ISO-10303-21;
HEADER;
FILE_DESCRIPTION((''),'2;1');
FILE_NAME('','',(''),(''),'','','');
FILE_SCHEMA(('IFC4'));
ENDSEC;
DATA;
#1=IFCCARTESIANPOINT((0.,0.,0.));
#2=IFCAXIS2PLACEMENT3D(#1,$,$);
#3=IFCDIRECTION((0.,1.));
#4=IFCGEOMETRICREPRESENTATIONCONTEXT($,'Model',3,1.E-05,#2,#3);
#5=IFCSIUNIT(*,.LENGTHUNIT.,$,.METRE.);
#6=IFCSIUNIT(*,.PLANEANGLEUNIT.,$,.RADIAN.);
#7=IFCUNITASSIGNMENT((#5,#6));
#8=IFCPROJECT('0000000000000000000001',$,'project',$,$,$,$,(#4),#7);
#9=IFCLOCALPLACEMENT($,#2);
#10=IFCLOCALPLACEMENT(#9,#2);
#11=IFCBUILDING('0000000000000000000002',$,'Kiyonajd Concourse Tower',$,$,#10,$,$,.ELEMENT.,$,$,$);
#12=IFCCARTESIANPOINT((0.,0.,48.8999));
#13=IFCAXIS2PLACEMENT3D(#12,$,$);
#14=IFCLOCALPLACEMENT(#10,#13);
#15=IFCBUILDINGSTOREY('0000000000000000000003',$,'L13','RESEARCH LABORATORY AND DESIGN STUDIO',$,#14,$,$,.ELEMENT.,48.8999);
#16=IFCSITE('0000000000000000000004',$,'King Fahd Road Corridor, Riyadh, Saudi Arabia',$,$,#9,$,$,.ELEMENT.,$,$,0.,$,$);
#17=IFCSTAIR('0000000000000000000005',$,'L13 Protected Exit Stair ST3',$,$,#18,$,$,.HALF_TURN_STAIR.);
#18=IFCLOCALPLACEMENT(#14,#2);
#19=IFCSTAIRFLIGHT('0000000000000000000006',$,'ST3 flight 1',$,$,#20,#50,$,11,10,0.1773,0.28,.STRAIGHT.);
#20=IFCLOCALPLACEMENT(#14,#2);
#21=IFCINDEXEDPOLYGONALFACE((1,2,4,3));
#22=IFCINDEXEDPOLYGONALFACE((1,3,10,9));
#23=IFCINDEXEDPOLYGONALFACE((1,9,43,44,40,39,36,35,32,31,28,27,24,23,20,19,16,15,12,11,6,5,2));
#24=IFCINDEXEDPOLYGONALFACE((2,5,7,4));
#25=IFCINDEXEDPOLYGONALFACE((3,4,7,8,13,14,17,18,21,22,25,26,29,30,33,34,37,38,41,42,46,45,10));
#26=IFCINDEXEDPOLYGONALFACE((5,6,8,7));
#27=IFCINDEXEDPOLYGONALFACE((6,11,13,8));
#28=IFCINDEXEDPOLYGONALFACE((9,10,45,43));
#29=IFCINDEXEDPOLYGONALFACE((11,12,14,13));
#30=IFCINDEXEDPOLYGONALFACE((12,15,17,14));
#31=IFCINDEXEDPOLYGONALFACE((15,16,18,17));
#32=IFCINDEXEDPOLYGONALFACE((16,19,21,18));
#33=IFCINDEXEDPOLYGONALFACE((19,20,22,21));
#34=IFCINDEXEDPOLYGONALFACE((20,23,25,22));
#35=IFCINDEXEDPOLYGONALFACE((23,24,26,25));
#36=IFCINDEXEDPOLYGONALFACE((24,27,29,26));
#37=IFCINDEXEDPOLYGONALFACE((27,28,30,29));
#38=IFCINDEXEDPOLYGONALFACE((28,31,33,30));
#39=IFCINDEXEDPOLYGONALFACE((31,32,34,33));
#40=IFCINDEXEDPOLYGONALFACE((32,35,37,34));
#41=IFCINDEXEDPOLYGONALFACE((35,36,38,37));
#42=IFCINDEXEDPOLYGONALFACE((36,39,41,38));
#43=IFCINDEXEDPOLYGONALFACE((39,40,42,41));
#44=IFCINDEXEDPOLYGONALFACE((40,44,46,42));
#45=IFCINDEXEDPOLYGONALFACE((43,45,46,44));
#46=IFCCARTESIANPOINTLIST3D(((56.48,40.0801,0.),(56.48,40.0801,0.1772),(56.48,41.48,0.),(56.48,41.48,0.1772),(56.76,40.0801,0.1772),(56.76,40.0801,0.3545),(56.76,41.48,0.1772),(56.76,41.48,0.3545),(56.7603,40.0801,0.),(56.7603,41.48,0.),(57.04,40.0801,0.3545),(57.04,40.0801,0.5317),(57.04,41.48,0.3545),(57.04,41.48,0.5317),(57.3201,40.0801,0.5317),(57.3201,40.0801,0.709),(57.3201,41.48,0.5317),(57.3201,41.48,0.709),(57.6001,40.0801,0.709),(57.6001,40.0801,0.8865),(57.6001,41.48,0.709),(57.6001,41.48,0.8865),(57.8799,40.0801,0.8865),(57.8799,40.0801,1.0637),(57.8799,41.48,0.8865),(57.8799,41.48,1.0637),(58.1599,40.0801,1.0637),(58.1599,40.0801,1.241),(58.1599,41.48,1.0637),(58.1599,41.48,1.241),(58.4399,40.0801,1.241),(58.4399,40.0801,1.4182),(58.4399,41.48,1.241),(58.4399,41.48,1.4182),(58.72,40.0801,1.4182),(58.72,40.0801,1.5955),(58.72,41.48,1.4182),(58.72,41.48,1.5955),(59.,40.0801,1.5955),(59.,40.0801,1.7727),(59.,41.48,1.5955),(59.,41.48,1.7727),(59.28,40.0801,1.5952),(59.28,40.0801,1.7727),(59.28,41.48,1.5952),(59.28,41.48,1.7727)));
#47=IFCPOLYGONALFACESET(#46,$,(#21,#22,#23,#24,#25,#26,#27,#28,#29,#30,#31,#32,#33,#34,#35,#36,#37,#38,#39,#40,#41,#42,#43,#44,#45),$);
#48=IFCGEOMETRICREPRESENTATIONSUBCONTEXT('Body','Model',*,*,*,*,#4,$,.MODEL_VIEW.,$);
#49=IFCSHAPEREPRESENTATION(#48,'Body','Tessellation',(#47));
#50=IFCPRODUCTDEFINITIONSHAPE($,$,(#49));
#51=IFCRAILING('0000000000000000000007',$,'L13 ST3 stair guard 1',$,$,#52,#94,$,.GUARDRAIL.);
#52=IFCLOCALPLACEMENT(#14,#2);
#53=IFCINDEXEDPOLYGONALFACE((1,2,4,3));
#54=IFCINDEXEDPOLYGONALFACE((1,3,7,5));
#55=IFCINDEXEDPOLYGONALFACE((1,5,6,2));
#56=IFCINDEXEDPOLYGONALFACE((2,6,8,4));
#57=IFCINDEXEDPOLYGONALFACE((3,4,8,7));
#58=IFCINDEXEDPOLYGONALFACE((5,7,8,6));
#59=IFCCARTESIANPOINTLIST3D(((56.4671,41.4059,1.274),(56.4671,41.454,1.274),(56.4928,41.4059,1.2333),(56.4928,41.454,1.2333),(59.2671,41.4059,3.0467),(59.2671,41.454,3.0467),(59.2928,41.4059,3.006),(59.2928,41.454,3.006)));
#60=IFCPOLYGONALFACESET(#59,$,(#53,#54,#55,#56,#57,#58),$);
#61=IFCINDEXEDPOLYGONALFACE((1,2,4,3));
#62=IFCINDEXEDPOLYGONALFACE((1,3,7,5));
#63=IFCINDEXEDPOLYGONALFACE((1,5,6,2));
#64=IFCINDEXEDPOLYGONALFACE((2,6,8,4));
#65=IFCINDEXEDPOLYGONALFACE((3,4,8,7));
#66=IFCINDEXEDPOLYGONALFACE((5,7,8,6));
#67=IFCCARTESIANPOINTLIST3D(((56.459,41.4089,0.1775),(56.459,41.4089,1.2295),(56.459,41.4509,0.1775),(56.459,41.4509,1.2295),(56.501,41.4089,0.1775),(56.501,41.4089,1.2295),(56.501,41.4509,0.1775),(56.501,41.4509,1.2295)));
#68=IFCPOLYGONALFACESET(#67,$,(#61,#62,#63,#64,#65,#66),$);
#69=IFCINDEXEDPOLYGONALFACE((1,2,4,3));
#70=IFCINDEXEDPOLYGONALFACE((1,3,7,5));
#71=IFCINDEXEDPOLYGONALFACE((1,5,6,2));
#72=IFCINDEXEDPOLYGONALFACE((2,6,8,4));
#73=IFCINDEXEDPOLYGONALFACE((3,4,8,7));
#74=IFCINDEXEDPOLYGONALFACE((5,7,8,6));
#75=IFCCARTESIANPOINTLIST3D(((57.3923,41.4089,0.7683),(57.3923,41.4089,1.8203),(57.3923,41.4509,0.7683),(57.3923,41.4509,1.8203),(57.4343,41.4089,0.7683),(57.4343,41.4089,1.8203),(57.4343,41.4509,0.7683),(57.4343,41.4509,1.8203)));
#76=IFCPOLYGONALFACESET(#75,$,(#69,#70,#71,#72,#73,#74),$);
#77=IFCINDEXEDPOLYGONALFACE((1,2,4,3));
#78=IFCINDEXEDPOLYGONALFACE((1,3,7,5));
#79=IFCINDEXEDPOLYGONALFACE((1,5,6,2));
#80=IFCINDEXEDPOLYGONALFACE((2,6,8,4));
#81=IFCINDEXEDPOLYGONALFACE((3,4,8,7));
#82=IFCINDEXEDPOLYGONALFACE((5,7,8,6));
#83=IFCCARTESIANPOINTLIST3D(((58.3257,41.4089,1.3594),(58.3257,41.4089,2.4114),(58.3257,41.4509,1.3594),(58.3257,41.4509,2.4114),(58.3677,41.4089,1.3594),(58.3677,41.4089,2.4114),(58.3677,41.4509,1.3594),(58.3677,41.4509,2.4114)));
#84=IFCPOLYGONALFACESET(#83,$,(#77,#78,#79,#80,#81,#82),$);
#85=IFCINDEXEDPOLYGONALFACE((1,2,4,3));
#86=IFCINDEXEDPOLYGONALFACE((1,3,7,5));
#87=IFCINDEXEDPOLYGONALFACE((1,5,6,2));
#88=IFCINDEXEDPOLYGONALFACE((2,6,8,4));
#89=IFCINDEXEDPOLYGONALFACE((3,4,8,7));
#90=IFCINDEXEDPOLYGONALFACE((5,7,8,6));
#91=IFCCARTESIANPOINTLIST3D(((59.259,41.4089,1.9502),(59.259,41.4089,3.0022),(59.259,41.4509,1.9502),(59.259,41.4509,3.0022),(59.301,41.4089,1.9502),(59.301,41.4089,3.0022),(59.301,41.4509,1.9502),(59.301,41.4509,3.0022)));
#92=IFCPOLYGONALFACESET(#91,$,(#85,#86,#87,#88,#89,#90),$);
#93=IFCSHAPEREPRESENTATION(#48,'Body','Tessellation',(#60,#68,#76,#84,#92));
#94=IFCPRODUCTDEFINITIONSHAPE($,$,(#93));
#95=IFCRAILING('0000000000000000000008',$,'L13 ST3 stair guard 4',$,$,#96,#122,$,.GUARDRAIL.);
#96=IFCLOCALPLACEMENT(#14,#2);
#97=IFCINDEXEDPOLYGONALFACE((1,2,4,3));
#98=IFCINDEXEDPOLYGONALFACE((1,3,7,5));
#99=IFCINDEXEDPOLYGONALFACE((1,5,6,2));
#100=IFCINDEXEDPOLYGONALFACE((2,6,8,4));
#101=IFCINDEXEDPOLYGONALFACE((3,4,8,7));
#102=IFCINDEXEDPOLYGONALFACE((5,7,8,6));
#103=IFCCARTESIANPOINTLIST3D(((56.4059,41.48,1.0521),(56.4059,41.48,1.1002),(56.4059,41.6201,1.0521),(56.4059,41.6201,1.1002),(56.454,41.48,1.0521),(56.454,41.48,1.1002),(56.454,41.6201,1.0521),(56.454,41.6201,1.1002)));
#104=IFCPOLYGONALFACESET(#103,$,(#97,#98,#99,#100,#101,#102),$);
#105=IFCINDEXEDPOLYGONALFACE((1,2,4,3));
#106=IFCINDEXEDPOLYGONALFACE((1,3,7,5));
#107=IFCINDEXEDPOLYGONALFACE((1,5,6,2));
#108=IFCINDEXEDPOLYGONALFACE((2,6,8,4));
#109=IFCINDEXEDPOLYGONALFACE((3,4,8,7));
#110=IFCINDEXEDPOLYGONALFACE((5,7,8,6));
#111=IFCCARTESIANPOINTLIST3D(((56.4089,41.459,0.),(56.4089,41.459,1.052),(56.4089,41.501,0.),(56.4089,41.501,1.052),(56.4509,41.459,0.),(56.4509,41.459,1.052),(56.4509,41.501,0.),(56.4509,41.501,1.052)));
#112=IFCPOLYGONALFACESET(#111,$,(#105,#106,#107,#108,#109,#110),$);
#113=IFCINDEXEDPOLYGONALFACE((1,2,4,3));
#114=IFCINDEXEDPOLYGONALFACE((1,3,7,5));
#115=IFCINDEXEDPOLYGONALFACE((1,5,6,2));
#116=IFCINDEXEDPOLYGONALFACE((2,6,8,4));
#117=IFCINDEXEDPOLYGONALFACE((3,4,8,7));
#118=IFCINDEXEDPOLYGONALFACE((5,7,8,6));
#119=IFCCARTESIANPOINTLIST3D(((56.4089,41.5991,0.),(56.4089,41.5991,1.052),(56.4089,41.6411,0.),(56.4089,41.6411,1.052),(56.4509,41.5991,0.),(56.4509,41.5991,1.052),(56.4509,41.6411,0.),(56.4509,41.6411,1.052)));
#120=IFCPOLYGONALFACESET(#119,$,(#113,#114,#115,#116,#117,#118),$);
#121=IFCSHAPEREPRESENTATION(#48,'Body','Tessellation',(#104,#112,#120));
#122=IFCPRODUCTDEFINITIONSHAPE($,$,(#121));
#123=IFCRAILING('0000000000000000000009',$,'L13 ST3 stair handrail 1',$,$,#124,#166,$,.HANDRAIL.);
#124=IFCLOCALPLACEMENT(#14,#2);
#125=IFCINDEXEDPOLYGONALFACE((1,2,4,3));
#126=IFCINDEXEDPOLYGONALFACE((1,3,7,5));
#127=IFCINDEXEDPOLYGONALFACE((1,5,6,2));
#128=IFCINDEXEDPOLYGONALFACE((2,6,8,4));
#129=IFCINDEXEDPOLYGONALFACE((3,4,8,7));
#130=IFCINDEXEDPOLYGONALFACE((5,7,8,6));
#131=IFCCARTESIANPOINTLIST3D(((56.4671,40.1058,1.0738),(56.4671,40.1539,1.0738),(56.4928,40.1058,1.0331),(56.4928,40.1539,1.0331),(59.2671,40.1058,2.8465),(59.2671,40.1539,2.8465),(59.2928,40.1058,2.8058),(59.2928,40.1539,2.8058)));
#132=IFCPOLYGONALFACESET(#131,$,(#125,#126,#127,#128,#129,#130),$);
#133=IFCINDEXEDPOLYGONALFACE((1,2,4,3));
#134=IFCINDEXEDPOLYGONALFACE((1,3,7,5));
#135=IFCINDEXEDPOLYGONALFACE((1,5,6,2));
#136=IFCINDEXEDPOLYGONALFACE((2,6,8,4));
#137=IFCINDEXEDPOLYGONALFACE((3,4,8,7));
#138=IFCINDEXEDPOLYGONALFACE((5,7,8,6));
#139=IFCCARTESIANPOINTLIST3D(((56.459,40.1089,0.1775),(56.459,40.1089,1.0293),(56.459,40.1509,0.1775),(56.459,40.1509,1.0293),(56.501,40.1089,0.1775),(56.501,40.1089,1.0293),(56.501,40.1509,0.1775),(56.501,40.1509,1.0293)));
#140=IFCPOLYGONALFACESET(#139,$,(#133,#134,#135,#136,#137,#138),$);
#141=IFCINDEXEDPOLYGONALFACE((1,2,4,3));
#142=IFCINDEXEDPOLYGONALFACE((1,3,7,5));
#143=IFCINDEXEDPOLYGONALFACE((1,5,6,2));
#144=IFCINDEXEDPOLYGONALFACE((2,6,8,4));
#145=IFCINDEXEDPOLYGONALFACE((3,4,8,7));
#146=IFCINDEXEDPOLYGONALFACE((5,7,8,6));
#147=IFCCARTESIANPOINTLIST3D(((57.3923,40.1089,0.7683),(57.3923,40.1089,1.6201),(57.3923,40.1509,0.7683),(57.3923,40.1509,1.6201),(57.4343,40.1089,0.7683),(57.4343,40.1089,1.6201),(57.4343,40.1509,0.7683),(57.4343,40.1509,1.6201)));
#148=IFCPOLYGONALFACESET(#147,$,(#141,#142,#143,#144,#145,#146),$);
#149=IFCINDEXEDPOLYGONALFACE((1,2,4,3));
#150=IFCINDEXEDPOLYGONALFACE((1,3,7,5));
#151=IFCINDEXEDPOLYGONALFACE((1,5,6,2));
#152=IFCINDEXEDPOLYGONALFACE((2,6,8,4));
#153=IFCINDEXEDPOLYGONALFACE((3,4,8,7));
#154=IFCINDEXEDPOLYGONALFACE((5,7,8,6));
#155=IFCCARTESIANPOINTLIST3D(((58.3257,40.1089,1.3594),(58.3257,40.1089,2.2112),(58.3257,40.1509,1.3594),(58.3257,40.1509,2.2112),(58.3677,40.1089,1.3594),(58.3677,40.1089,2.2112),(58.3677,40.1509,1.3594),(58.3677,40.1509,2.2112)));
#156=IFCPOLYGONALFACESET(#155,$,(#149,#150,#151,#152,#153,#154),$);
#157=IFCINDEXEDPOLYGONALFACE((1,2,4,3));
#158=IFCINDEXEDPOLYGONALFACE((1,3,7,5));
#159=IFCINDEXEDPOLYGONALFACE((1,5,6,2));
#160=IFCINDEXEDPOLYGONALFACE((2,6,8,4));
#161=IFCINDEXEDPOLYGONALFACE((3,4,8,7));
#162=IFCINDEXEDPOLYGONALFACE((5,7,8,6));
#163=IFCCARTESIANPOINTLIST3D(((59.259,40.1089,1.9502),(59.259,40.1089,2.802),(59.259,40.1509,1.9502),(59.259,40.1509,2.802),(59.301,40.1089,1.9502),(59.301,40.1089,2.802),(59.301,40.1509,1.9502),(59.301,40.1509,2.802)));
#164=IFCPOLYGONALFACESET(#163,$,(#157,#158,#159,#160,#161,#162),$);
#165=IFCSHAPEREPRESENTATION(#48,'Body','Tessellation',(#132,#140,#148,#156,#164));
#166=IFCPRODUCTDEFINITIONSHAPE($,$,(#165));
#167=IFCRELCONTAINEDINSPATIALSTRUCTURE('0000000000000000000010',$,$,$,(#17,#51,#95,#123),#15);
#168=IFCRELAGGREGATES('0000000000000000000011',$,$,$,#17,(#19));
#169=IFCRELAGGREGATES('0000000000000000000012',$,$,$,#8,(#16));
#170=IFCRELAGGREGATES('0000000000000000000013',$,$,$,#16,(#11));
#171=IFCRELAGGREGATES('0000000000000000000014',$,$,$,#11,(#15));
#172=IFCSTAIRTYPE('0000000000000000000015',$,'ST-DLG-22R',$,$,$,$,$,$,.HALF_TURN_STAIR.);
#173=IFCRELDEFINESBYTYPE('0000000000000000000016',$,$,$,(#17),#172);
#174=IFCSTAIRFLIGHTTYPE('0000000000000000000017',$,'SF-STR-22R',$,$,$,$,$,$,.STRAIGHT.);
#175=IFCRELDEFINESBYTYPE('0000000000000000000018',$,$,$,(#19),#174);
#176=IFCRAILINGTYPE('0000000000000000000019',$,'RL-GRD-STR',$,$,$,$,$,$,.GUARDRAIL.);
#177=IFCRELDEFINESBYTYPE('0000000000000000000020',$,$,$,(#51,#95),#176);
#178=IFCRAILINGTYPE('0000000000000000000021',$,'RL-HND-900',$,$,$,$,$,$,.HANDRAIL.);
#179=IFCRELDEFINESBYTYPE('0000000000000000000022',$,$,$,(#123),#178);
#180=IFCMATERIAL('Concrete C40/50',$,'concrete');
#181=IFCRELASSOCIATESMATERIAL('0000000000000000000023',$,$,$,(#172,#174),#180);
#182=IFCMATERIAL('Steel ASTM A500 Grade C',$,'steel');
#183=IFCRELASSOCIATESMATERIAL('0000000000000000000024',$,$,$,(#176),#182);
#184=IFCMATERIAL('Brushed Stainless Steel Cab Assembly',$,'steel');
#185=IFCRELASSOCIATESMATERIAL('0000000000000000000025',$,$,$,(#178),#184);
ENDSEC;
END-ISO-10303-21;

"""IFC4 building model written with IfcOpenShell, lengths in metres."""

from ifc_helpers import new_model, si_unit, direction, frame, origin, origin_2d, place, context, subcontext, project, spatial, polyline, rectangle, outline, extrude, material, type_object, element, aggregate, save


model = new_model("IFC4")

# Units and contexts
model_context = context("Model", 3, precision=1e-05, world=origin(), true_north=direction((0.0, 1.0)))
body_context = subcontext(model_context, "Body", "Model", "MODEL_VIEW")
ifc_project = project(units=[si_unit("LENGTHUNIT", "METRE"), si_unit("PLANEANGLEUNIT", "RADIAN")], contexts=[model_context])

# Site, building, storey
site_placement = place(None, origin())
site = spatial("IfcSite", under=ifc_project, at=site_placement, Name="King Fahd Road Corridor, Riyadh, Saudi Arabia", CompositionType="ELEMENT", RefElevation=0.0)
building_placement = place(site_placement, origin())
building = spatial("IfcBuilding", under=site, at=building_placement, Name="Kiyonajd Concourse Tower", CompositionType="ELEMENT")
storey_placement = place(building_placement, frame((0.0, 0.0, 48.8999)))
storey = spatial("IfcBuildingStorey", under=building, at=storey_placement, Name="L13", Description="RESEARCH LABORATORY AND DESIGN STUDIO", CompositionType="ELEMENT", Elevation=48.8999)

# Shared definitions
ifc_material_1 = material(Name="Brushed Stainless Steel Cab Assembly", Category="steel")

# Stair, stair flight
ifc_material_2 = material(Name="Concrete C40/50", Category="concrete")
stair_type = type_object("IfcStairType", Name="ST-DLG-22R", PredefinedType="HALF_TURN_STAIR", material=ifc_material_2)
stair_placement = place(storey_placement, origin())
stair = element("IfcStair", 1, at=stair_placement, inside=storey, type_object=stair_type, Name="L13 Protected Exit Stair ST3", PredefinedType="HALF_TURN_STAIR")
stair_flight_type = type_object("IfcStairFlightType", Name="SF-STR-22R", PredefinedType="STRAIGHT", material=ifc_material_2)
stair_flight_placement = place(storey_placement, frame((56.48, 40.78, 0.0), z_axis=(0.0, 0.0, 1.0), x_axis=(1.0, 0.0, 0.0)))
stair_flight = element("IfcStairFlight", 2, at=stair_flight_placement, type_object=stair_flight_type, Name="ST3 flight 1", NumberOfRisers=11, NumberOfTreads=10, PredefinedType="STRAIGHT", RiserHeight=0.1773, TreadLength=0.28, context=body_context, shape_type="SweptSolid", body=[
    extrude(outline(polyline([(0.0, 0.0), (0.0, 0.1772), (0.28, 0.1772), (0.28, 0.3545), (0.5601, 0.3545), (0.5601, 0.5317), (0.8401, 0.5317), (0.8401, 0.709), (1.1201, 0.709), (1.1201, 0.8865), (1.3999, 0.8865), (1.3999, 1.0637), (1.6799, 1.0637), (1.6799, 1.241), (1.96, 1.241), (1.96, 1.4182), (2.24, 1.4182), (2.24, 1.5955), (2.52, 1.5955), (2.52, 1.7727), (2.8, 1.7727), (2.8, 1.95), (2.8, 1.5952), (0.2803, 0.0), (0.0, 0.0)])), frame((0.0, 0.7, 0.0), z_axis=(0.0, -1.0, 0.0), x_axis=(1.0, 0.0, 0.0)), (0.0, 0.0, 1.0), 1.3999),
])
aggregate(stair, [stair_flight])

# Railings
ifc_material_3 = material(Name="Steel ASTM A500 Grade C", Category="steel")
railing_type_1 = type_object("IfcRailingType", Name="RL-GRD-STR", PredefinedType="GUARDRAIL", material=ifc_material_3)
railing_1_placement = place(storey_placement, frame((56.48, 41.4299, 0.1775)))
element("IfcRailing", 3, at=railing_1_placement, inside=storey, type_object=railing_type_1, Name="L13 ST3 stair guard 1", PredefinedType="GUARDRAIL", context=body_context, shape_type="SweptSolid", body=[
    extrude(rectangle(XDim=0.0481, YDim=0.0481, at=origin_2d()), frame((0.0, 0.0, 1.0762), z_axis=(0.844909, 0.0, 0.53491), x_axis=(0.0, 1.0, 0.0)), (0.0, 0.0, 1.0), 3.314),
    extrude(rectangle(XDim=0.042, YDim=0.042, at=origin_2d()), origin(), (0.0, 0.0, 1.0), 1.052),
    extrude(rectangle(XDim=0.042, YDim=0.042, at=origin_2d()), frame((0.9333, 0.0, 0.5908)), (0.0, 0.0, 1.0), 1.052),
    extrude(rectangle(XDim=0.042, YDim=0.042, at=origin_2d()), frame((1.8667, 0.0, 1.1819)), (0.0, 0.0, 1.0), 1.052),
    extrude(rectangle(XDim=0.042, YDim=0.042, at=origin_2d()), frame((2.8, 0.0, 1.7727)), (0.0, 0.0, 1.0), 1.052),
])
railing_2_placement = place(storey_placement, frame((56.4299, 41.48, 0.0)))
element("IfcRailing", 4, at=railing_2_placement, inside=storey, type_object=railing_type_1, Name="L13 ST3 stair guard 4", PredefinedType="GUARDRAIL", context=body_context, shape_type="SweptSolid", body=[
    extrude(rectangle(XDim=0.0481, YDim=0.0481, at=origin_2d()), frame((0.0, 0.0, 1.0762), z_axis=(0.0, 1.0, 0.0), x_axis=(-1.0, 0.0, 0.0)), (0.0, 0.0, 1.0), 0.1401),
    extrude(rectangle(XDim=0.042, YDim=0.042, at=origin_2d()), origin(), (0.0, 0.0, 1.0), 1.052),
    extrude(rectangle(XDim=0.042, YDim=0.042, at=origin_2d()), frame((0.0, 0.1401, 0.0)), (0.0, 0.0, 1.0), 1.052),
])
railing_type_2 = type_object("IfcRailingType", Name="RL-HND-900", PredefinedType="HANDRAIL", material=ifc_material_1)
railing_3_placement = place(storey_placement, frame((56.48, 40.1299, 0.1775)))
element("IfcRailing", 5, at=railing_3_placement, inside=storey, type_object=railing_type_2, Name="L13 ST3 stair handrail 1", PredefinedType="HANDRAIL", context=body_context, shape_type="SweptSolid", body=[
    extrude(rectangle(XDim=0.0481, YDim=0.0481, at=origin_2d()), frame((0.0, 0.0, 0.876), z_axis=(0.844909, 0.0, 0.53491), x_axis=(0.0, 1.0, 0.0)), (0.0, 0.0, 1.0), 3.314),
    extrude(rectangle(XDim=0.042, YDim=0.042, at=origin_2d()), origin(), (0.0, 0.0, 1.0), 0.8518),
    extrude(rectangle(XDim=0.042, YDim=0.042, at=origin_2d()), frame((0.9333, 0.0, 0.5908)), (0.0, 0.0, 1.0), 0.8518),
    extrude(rectangle(XDim=0.042, YDim=0.042, at=origin_2d()), frame((1.8667, 0.0, 1.1819)), (0.0, 0.0, 1.0), 0.8518),
    extrude(rectangle(XDim=0.042, YDim=0.042, at=origin_2d()), frame((2.8, 0.0, 1.7727)), (0.0, 0.0, 1.0), 0.8518),
])

save(model, "model.ifc")
